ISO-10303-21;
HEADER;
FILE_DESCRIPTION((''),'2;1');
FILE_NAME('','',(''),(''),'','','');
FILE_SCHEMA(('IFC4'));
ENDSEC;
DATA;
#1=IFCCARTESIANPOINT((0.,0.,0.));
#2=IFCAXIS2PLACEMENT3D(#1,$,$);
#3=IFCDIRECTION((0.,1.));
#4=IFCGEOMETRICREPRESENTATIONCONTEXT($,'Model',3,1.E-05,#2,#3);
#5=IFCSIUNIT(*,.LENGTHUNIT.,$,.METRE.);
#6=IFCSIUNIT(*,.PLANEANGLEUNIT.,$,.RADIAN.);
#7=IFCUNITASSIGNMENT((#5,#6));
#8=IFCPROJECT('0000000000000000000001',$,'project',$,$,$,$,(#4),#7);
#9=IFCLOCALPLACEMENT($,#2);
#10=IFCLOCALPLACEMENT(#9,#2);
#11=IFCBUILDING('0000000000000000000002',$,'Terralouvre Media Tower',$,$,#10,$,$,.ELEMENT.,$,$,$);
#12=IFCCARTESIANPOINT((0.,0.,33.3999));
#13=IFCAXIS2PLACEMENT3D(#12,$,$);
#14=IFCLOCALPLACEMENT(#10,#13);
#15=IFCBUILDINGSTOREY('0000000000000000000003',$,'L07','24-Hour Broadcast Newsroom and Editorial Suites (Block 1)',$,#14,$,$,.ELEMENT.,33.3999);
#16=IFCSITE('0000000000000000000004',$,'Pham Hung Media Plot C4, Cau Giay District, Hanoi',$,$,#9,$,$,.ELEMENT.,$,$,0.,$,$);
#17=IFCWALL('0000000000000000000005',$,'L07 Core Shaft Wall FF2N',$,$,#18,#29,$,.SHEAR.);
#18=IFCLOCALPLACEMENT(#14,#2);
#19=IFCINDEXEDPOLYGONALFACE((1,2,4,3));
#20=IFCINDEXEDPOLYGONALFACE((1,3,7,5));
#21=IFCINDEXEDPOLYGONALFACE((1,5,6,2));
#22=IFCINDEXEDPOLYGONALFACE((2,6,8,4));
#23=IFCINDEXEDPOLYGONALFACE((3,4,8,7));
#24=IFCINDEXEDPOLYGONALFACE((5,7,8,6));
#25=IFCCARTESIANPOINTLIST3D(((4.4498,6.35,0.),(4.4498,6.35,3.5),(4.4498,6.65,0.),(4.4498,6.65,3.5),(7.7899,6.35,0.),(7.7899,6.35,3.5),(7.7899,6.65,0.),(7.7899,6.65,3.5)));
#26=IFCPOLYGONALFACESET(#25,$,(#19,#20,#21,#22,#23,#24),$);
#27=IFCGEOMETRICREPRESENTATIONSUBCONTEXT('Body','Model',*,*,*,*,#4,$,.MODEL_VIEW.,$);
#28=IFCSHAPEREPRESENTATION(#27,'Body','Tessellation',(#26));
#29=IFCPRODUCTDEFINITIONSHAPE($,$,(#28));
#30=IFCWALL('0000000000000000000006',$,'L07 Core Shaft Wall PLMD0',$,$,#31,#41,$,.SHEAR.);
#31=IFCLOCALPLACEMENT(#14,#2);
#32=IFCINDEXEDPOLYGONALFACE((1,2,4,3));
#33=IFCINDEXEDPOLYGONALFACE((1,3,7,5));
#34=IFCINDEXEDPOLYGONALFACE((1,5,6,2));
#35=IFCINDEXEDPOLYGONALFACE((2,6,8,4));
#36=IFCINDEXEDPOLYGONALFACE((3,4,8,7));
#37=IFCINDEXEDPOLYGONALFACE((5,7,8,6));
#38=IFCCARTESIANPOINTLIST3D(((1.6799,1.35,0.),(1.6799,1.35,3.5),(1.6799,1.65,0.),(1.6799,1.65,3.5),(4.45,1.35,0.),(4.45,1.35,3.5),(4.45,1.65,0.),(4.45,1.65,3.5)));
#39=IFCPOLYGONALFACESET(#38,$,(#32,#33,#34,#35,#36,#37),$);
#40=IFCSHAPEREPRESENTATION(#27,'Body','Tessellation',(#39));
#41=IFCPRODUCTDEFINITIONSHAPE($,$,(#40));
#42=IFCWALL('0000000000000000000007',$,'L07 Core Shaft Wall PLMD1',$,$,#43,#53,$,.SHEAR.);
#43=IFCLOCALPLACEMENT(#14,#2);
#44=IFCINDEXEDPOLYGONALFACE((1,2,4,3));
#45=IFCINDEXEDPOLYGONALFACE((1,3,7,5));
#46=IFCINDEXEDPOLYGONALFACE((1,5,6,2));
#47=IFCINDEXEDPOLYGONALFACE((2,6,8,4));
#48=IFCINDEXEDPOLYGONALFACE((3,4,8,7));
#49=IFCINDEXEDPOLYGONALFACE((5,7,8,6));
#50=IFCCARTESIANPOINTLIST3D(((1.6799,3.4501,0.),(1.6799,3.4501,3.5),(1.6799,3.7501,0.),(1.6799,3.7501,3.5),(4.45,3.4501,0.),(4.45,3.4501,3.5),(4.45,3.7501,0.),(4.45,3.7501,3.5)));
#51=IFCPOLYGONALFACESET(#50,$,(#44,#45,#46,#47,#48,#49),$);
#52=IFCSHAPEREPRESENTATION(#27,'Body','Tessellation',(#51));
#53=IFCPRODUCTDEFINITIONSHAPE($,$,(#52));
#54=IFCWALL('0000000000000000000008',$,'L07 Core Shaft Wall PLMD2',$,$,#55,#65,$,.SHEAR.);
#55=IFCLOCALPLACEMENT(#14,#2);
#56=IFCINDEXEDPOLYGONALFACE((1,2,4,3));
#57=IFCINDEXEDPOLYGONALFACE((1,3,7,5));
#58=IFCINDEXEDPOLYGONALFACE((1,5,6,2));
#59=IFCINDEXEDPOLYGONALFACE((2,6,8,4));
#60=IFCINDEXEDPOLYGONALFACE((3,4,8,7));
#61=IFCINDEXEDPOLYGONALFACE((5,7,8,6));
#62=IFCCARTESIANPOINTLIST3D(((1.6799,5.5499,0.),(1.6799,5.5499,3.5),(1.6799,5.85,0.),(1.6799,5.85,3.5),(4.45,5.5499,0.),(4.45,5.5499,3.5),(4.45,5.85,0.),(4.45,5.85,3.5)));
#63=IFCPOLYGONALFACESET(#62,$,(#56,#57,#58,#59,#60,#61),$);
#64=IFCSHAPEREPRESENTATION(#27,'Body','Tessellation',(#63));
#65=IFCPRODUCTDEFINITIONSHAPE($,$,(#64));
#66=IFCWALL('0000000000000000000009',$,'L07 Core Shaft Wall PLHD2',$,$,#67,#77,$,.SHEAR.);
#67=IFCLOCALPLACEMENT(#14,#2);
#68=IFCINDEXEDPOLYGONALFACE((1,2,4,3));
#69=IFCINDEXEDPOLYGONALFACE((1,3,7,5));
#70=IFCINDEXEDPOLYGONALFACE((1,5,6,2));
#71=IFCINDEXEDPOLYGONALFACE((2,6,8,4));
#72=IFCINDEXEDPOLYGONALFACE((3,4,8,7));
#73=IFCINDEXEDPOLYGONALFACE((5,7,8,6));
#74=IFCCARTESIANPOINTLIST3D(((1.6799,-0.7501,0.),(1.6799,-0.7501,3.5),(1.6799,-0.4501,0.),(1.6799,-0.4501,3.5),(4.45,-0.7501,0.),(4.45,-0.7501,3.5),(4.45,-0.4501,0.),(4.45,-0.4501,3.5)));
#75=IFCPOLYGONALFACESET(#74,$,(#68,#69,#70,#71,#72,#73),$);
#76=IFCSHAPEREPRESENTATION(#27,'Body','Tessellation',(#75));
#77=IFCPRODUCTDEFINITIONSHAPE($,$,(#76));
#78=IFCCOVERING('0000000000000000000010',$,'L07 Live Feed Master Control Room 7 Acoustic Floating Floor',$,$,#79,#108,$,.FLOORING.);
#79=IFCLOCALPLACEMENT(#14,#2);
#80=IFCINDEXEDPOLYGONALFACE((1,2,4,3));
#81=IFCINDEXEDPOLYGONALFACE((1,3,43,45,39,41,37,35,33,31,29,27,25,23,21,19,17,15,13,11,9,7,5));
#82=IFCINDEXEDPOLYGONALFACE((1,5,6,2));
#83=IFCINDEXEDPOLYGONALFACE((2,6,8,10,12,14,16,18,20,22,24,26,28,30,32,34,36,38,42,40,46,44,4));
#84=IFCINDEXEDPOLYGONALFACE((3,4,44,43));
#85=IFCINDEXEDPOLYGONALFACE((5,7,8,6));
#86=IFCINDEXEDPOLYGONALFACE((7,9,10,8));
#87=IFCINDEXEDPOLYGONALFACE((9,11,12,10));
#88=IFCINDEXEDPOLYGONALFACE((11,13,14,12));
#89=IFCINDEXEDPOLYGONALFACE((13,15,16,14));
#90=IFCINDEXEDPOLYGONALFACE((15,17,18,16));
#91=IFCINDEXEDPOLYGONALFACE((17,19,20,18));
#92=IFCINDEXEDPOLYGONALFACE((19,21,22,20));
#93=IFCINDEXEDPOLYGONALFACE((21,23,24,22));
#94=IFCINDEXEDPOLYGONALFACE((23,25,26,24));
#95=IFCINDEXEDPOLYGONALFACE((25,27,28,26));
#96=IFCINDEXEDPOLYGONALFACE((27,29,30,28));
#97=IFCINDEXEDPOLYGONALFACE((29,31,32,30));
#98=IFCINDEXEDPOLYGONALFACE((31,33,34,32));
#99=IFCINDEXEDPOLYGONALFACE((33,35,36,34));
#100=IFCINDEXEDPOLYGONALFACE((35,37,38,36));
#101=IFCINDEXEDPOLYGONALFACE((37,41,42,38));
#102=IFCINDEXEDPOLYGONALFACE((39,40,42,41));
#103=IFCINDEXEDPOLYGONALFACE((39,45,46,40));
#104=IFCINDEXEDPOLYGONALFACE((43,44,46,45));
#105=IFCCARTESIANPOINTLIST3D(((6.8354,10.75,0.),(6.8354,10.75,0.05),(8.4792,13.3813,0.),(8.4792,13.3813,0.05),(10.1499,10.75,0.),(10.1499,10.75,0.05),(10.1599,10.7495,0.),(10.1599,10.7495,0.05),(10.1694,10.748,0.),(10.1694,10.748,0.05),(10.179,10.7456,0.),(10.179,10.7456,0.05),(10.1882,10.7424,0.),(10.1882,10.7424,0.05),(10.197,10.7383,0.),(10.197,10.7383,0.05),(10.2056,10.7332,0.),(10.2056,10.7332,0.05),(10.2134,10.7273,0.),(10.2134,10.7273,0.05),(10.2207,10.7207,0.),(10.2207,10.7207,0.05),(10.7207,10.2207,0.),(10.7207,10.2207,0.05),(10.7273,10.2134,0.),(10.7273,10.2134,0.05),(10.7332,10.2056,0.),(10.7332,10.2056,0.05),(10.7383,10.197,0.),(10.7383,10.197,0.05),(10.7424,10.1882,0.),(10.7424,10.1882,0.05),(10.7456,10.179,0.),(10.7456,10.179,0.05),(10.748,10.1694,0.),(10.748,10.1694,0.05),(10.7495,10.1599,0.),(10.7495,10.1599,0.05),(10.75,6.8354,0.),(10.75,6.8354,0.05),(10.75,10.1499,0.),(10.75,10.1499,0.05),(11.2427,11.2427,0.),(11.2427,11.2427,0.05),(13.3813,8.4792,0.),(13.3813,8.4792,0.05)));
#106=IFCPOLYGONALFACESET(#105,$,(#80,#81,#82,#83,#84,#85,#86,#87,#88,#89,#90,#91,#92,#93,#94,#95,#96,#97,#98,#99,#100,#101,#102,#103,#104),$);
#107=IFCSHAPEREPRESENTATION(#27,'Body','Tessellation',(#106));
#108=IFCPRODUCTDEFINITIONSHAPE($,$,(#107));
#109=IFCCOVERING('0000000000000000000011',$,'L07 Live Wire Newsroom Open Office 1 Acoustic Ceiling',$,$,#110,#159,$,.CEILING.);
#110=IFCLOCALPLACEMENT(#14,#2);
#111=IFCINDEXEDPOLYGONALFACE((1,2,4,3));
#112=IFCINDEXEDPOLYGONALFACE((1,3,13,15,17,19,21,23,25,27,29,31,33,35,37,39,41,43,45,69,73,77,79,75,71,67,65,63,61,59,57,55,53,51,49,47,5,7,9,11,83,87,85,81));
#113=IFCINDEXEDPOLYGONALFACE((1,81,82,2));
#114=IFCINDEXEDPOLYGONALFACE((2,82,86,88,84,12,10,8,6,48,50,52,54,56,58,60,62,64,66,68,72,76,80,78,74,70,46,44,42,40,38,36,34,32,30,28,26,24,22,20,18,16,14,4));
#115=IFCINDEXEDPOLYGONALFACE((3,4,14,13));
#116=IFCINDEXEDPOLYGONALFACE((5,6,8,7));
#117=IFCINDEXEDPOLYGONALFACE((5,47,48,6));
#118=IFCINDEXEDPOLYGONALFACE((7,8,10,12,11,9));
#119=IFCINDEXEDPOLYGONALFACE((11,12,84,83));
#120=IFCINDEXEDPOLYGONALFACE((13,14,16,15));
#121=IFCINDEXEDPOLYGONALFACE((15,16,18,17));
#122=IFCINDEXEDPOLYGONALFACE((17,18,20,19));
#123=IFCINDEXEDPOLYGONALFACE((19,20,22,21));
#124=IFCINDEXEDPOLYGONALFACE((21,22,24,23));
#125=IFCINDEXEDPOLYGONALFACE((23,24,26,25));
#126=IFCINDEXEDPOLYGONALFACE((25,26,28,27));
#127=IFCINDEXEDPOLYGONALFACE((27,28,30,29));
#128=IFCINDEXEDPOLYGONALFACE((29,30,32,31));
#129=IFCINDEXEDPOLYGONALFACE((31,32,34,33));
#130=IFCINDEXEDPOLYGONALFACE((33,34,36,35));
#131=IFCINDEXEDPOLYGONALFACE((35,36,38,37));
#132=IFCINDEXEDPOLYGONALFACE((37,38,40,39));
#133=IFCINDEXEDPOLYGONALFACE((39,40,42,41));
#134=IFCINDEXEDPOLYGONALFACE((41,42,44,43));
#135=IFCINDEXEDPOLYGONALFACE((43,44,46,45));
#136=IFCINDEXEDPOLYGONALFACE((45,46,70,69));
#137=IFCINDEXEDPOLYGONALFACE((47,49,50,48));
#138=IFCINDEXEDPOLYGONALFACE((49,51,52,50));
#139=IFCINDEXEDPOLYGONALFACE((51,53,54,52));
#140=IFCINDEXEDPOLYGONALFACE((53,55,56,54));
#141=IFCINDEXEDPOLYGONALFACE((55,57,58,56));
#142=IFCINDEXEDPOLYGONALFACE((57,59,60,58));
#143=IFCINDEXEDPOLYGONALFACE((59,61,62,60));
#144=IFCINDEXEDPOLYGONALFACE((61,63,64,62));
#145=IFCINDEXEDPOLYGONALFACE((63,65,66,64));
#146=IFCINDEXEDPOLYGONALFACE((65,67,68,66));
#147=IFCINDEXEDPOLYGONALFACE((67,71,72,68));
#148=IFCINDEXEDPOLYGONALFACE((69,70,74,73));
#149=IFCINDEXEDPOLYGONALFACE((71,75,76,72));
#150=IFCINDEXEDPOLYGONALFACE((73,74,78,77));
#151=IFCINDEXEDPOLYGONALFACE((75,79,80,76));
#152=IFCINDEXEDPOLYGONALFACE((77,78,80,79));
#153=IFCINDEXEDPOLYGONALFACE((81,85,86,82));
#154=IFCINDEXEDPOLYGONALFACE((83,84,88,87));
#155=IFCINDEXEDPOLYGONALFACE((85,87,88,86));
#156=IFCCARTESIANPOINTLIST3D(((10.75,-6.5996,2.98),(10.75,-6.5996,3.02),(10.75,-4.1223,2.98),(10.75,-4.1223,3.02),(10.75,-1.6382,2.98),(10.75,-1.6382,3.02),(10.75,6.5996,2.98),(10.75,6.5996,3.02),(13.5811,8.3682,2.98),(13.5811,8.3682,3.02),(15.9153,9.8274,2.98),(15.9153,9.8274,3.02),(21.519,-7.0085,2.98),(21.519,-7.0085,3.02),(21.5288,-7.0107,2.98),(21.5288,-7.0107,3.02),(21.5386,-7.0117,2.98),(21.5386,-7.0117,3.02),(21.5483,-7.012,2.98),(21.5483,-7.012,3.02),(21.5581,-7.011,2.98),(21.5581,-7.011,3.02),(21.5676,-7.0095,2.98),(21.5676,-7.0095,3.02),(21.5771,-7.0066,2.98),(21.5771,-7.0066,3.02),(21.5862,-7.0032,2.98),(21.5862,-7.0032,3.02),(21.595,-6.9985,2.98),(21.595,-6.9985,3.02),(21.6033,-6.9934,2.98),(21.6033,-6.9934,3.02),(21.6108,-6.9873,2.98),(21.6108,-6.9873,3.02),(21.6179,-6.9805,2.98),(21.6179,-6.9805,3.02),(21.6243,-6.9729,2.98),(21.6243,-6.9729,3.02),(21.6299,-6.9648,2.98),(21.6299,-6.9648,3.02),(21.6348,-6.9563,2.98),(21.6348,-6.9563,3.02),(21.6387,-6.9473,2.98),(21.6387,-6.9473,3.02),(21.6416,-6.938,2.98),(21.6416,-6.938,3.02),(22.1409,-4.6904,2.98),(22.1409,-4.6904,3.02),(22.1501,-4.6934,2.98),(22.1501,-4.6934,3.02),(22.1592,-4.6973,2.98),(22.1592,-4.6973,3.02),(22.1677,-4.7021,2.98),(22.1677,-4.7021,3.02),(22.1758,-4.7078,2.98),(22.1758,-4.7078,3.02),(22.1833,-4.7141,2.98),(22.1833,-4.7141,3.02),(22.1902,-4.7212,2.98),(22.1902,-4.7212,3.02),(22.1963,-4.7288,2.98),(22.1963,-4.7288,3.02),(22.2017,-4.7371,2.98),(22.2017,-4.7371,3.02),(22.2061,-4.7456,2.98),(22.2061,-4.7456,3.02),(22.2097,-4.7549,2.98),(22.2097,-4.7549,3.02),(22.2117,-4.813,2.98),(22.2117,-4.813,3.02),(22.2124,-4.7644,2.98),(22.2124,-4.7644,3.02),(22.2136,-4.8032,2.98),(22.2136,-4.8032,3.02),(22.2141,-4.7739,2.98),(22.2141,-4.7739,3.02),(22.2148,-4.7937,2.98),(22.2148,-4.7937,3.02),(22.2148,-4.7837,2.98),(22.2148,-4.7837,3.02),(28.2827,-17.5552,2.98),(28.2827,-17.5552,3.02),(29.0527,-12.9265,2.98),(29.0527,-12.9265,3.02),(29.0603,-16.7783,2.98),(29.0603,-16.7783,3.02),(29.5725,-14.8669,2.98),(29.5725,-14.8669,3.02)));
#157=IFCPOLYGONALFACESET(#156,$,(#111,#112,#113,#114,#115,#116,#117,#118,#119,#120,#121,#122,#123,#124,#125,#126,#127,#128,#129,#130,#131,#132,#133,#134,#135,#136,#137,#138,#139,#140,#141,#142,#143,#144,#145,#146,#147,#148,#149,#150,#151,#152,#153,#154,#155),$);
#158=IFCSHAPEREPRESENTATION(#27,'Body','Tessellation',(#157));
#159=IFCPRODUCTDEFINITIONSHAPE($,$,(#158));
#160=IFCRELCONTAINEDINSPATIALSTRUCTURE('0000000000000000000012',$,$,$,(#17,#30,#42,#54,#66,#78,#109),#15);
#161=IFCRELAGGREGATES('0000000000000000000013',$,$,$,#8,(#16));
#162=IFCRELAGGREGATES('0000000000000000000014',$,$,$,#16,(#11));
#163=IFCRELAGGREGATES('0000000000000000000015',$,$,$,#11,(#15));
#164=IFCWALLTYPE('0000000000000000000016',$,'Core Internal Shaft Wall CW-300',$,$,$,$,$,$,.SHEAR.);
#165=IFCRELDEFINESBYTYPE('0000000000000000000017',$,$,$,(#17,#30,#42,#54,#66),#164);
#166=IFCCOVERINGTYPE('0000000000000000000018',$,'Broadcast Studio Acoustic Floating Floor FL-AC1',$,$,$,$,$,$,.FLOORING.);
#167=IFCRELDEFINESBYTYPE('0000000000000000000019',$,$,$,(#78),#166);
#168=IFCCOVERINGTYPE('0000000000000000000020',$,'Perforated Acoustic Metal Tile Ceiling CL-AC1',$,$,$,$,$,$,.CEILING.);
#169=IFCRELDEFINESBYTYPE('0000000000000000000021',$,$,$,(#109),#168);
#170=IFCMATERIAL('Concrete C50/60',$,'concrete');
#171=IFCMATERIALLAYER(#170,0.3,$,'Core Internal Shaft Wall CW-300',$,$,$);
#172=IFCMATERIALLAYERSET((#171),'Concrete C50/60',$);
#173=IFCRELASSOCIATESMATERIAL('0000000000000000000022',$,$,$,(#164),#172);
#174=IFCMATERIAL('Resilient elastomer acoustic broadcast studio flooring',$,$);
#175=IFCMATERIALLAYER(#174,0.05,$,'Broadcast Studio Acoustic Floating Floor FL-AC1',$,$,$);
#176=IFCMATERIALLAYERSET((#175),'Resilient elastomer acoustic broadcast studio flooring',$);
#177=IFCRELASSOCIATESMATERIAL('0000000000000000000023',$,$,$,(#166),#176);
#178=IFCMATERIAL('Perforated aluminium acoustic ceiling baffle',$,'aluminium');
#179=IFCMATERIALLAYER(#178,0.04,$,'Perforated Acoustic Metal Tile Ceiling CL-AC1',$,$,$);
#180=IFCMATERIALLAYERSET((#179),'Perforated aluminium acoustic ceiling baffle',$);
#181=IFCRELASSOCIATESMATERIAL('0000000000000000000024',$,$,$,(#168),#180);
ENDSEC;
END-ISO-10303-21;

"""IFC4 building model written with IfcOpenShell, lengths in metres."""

from ifc_helpers import new_model, si_unit, direction, frame, frame_2d, origin, place, context, subcontext, project, spatial, polyline, rectangle, outline, extrude, material, layer, layer_set, type_object, element, save


model = new_model("IFC4")

# Units and contexts
model_context = context("Model", 3, precision=1e-05, world=origin(), true_north=direction((0.0, 1.0)))
body_context = subcontext(model_context, "Body", "Model", "MODEL_VIEW")
ifc_project = project(units=[si_unit("LENGTHUNIT", "METRE"), si_unit("PLANEANGLEUNIT", "RADIAN")], contexts=[model_context])

# Site, building, storey
site_placement = place(None, origin())
site = spatial("IfcSite", under=ifc_project, at=site_placement, Name="Pham Hung Media Plot C4, Cau Giay District, Hanoi", CompositionType="ELEMENT", RefElevation=0.0)
building_placement = place(site_placement, origin())
building = spatial("IfcBuilding", under=site, at=building_placement, Name="Terralouvre Media Tower", CompositionType="ELEMENT")
storey_placement = place(building_placement, frame((0.0, 0.0, 33.3999)))
storey = spatial("IfcBuildingStorey", under=building, at=storey_placement, Name="L07", Description="24-Hour Broadcast Newsroom and Editorial Suites (Block 1)", CompositionType="ELEMENT", Elevation=33.3999)

# Shared definitions
ifc_material_1 = material(Name="Concrete C50/60", Category="concrete")
ifc_layer_1 = layer(ifc_material_1, 0.3, Name="Core Internal Shaft Wall CW-300")
ifc_layer_set_1 = layer_set([ifc_layer_1], Name="Concrete C50/60")
wall_type = type_object("IfcWallType", Name="Core Internal Shaft Wall CW-300", PredefinedType="SHEAR", material=ifc_layer_set_1)

# Walls
wall_1_placement = place(storey_placement, frame((4.45, 6.5, 0.0), z_axis=(0.0, 0.0, 1.0), x_axis=(1.0, 0.0, 0.0)))
element("IfcWall", 1, at=wall_1_placement, inside=storey, type_object=wall_type, Name="L07 Core Shaft Wall FF2N", PredefinedType="SHEAR", context=body_context, shape_type="SweptSolid", body=[
    extrude(rectangle(XDim=3.3401, YDim=0.3, at=frame_2d((1.6699, 0.0))), origin(), (0.0, 0.0, 1.0), 3.5),
])
for number, where, z_axis, x_axis, name in (
    (2, (1.6799, 1.5, 0.0), (0.0, 0.0, 1.0), (1.0, 0.0, 0.0), "L07 Core Shaft Wall PLMD0"),
    (3, (1.6799, 3.6001, 0.0), (0.0, 0.0, 1.0), (1.0, 0.0, 0.0), "L07 Core Shaft Wall PLMD1"),
    (4, (1.6799, 5.7, 0.0), (0.0, 0.0, 1.0), (1.0, 0.0, 0.0), "L07 Core Shaft Wall PLMD2"),
    (5, (1.6799, -0.6001, 0.0), (0.0, 0.0, 1.0), (1.0, 0.0, 0.0), "L07 Core Shaft Wall PLHD2"),
):
    element("IfcWall", number, at=place(storey_placement, frame(where, z_axis=z_axis, x_axis=x_axis)), inside=storey, type_object=wall_type, Name=name, PredefinedType="SHEAR", context=body_context, shape_type="SweptSolid", body=[
        extrude(rectangle(XDim=2.77, YDim=0.3, at=frame_2d((1.385, 0.0))), origin(), (0.0, 0.0, 1.0), 3.5),
    ])

# Coverings
ifc_material_2 = material(Name="Resilient elastomer acoustic broadcast studio flooring")
ifc_layer_2 = layer(ifc_material_2, 0.05, Name="Broadcast Studio Acoustic Floating Floor FL-AC1")
ifc_layer_set_2 = layer_set([ifc_layer_2], Name="Resilient elastomer acoustic broadcast studio flooring")
covering_type_1 = type_object("IfcCoveringType", Name="Broadcast Studio Acoustic Floating Floor FL-AC1", PredefinedType="FLOORING", material=ifc_layer_set_2)
covering_1_placement = place(storey_placement, origin())
element("IfcCovering", 6, at=covering_1_placement, inside=storey, type_object=covering_type_1, Name="L07 Live Feed Master Control Room 7 Acoustic Floating Floor", PredefinedType="FLOORING", context=body_context, shape_type="SweptSolid", body=[
    extrude(outline(polyline([(11.2427, 11.2427), (8.4792, 13.3813), (6.8354, 10.75), (10.1499, 10.75), (10.1599, 10.7495), (10.1694, 10.748), (10.179, 10.7456), (10.1882, 10.7424), (10.197, 10.7383), (10.2056, 10.7332), (10.2134, 10.7273), (10.2207, 10.7207), (10.7207, 10.2207), (10.7273, 10.2134), (10.7332, 10.2056), (10.7383, 10.197), (10.7424, 10.1882), (10.7456, 10.179), (10.748, 10.1694), (10.7495, 10.1599), (10.75, 10.1499), (10.75, 6.8354), (13.3813, 8.4792), (11.2427, 11.2427)])), origin(), (0.0, 0.0, 1.0), 0.05),
])
ifc_material_3 = material(Name="Perforated aluminium acoustic ceiling baffle", Category="aluminium")
ifc_layer_3 = layer(ifc_material_3, 0.04, Name="Perforated Acoustic Metal Tile Ceiling CL-AC1")
ifc_layer_set_3 = layer_set([ifc_layer_3], Name="Perforated aluminium acoustic ceiling baffle")
covering_type_2 = type_object("IfcCoveringType", Name="Perforated Acoustic Metal Tile Ceiling CL-AC1", PredefinedType="CEILING", material=ifc_layer_set_3)
covering_2_placement = place(storey_placement, frame((0.0, 0.0, 2.98)))
element("IfcCovering", 7, at=covering_2_placement, inside=storey, type_object=covering_type_2, Name="L07 Live Wire Newsroom Open Office 1 Acoustic Ceiling", PredefinedType="CEILING", context=body_context, shape_type="SweptSolid", body=[
    extrude(outline(polyline([(10.75, 6.5996), (10.75, -1.6382), (22.1409, -4.6904), (22.1501, -4.6934), (22.1592, -4.6973), (22.1677, -4.7021), (22.1758, -4.7078), (22.1833, -4.7141), (22.1902, -4.7212), (22.1963, -4.7288), (22.2017, -4.7371), (22.2061, -4.7456), (22.2097, -4.7549), (22.2124, -4.7644), (22.2141, -4.7739), (22.2148, -4.7837), (22.2148, -4.7937), (22.2136, -4.8032), (22.2117, -4.813), (21.6416, -6.938), (21.6387, -6.9473), (21.6348, -6.9563), (21.6299, -6.9648), (21.6243, -6.9729), (21.6179, -6.9805), (21.6108, -6.9873), (21.6033, -6.9934), (21.595, -6.9985), (21.5862, -7.0032), (21.5771, -7.0066), (21.5676, -7.0095), (21.5581, -7.011), (21.5483, -7.012), (21.5386, -7.0117), (21.5288, -7.0107), (21.519, -7.0085), (10.75, -4.1223), (10.75, -6.5996), (28.2827, -17.5552), (29.0603, -16.7783), (29.5725, -14.8669), (29.0527, -12.9265), (15.9153, 9.8274), (13.5811, 8.3682), (10.75, 6.5996)])), origin(), (0.0, 0.0, 1.0), 0.04),
])

save(model, "model.ifc")
